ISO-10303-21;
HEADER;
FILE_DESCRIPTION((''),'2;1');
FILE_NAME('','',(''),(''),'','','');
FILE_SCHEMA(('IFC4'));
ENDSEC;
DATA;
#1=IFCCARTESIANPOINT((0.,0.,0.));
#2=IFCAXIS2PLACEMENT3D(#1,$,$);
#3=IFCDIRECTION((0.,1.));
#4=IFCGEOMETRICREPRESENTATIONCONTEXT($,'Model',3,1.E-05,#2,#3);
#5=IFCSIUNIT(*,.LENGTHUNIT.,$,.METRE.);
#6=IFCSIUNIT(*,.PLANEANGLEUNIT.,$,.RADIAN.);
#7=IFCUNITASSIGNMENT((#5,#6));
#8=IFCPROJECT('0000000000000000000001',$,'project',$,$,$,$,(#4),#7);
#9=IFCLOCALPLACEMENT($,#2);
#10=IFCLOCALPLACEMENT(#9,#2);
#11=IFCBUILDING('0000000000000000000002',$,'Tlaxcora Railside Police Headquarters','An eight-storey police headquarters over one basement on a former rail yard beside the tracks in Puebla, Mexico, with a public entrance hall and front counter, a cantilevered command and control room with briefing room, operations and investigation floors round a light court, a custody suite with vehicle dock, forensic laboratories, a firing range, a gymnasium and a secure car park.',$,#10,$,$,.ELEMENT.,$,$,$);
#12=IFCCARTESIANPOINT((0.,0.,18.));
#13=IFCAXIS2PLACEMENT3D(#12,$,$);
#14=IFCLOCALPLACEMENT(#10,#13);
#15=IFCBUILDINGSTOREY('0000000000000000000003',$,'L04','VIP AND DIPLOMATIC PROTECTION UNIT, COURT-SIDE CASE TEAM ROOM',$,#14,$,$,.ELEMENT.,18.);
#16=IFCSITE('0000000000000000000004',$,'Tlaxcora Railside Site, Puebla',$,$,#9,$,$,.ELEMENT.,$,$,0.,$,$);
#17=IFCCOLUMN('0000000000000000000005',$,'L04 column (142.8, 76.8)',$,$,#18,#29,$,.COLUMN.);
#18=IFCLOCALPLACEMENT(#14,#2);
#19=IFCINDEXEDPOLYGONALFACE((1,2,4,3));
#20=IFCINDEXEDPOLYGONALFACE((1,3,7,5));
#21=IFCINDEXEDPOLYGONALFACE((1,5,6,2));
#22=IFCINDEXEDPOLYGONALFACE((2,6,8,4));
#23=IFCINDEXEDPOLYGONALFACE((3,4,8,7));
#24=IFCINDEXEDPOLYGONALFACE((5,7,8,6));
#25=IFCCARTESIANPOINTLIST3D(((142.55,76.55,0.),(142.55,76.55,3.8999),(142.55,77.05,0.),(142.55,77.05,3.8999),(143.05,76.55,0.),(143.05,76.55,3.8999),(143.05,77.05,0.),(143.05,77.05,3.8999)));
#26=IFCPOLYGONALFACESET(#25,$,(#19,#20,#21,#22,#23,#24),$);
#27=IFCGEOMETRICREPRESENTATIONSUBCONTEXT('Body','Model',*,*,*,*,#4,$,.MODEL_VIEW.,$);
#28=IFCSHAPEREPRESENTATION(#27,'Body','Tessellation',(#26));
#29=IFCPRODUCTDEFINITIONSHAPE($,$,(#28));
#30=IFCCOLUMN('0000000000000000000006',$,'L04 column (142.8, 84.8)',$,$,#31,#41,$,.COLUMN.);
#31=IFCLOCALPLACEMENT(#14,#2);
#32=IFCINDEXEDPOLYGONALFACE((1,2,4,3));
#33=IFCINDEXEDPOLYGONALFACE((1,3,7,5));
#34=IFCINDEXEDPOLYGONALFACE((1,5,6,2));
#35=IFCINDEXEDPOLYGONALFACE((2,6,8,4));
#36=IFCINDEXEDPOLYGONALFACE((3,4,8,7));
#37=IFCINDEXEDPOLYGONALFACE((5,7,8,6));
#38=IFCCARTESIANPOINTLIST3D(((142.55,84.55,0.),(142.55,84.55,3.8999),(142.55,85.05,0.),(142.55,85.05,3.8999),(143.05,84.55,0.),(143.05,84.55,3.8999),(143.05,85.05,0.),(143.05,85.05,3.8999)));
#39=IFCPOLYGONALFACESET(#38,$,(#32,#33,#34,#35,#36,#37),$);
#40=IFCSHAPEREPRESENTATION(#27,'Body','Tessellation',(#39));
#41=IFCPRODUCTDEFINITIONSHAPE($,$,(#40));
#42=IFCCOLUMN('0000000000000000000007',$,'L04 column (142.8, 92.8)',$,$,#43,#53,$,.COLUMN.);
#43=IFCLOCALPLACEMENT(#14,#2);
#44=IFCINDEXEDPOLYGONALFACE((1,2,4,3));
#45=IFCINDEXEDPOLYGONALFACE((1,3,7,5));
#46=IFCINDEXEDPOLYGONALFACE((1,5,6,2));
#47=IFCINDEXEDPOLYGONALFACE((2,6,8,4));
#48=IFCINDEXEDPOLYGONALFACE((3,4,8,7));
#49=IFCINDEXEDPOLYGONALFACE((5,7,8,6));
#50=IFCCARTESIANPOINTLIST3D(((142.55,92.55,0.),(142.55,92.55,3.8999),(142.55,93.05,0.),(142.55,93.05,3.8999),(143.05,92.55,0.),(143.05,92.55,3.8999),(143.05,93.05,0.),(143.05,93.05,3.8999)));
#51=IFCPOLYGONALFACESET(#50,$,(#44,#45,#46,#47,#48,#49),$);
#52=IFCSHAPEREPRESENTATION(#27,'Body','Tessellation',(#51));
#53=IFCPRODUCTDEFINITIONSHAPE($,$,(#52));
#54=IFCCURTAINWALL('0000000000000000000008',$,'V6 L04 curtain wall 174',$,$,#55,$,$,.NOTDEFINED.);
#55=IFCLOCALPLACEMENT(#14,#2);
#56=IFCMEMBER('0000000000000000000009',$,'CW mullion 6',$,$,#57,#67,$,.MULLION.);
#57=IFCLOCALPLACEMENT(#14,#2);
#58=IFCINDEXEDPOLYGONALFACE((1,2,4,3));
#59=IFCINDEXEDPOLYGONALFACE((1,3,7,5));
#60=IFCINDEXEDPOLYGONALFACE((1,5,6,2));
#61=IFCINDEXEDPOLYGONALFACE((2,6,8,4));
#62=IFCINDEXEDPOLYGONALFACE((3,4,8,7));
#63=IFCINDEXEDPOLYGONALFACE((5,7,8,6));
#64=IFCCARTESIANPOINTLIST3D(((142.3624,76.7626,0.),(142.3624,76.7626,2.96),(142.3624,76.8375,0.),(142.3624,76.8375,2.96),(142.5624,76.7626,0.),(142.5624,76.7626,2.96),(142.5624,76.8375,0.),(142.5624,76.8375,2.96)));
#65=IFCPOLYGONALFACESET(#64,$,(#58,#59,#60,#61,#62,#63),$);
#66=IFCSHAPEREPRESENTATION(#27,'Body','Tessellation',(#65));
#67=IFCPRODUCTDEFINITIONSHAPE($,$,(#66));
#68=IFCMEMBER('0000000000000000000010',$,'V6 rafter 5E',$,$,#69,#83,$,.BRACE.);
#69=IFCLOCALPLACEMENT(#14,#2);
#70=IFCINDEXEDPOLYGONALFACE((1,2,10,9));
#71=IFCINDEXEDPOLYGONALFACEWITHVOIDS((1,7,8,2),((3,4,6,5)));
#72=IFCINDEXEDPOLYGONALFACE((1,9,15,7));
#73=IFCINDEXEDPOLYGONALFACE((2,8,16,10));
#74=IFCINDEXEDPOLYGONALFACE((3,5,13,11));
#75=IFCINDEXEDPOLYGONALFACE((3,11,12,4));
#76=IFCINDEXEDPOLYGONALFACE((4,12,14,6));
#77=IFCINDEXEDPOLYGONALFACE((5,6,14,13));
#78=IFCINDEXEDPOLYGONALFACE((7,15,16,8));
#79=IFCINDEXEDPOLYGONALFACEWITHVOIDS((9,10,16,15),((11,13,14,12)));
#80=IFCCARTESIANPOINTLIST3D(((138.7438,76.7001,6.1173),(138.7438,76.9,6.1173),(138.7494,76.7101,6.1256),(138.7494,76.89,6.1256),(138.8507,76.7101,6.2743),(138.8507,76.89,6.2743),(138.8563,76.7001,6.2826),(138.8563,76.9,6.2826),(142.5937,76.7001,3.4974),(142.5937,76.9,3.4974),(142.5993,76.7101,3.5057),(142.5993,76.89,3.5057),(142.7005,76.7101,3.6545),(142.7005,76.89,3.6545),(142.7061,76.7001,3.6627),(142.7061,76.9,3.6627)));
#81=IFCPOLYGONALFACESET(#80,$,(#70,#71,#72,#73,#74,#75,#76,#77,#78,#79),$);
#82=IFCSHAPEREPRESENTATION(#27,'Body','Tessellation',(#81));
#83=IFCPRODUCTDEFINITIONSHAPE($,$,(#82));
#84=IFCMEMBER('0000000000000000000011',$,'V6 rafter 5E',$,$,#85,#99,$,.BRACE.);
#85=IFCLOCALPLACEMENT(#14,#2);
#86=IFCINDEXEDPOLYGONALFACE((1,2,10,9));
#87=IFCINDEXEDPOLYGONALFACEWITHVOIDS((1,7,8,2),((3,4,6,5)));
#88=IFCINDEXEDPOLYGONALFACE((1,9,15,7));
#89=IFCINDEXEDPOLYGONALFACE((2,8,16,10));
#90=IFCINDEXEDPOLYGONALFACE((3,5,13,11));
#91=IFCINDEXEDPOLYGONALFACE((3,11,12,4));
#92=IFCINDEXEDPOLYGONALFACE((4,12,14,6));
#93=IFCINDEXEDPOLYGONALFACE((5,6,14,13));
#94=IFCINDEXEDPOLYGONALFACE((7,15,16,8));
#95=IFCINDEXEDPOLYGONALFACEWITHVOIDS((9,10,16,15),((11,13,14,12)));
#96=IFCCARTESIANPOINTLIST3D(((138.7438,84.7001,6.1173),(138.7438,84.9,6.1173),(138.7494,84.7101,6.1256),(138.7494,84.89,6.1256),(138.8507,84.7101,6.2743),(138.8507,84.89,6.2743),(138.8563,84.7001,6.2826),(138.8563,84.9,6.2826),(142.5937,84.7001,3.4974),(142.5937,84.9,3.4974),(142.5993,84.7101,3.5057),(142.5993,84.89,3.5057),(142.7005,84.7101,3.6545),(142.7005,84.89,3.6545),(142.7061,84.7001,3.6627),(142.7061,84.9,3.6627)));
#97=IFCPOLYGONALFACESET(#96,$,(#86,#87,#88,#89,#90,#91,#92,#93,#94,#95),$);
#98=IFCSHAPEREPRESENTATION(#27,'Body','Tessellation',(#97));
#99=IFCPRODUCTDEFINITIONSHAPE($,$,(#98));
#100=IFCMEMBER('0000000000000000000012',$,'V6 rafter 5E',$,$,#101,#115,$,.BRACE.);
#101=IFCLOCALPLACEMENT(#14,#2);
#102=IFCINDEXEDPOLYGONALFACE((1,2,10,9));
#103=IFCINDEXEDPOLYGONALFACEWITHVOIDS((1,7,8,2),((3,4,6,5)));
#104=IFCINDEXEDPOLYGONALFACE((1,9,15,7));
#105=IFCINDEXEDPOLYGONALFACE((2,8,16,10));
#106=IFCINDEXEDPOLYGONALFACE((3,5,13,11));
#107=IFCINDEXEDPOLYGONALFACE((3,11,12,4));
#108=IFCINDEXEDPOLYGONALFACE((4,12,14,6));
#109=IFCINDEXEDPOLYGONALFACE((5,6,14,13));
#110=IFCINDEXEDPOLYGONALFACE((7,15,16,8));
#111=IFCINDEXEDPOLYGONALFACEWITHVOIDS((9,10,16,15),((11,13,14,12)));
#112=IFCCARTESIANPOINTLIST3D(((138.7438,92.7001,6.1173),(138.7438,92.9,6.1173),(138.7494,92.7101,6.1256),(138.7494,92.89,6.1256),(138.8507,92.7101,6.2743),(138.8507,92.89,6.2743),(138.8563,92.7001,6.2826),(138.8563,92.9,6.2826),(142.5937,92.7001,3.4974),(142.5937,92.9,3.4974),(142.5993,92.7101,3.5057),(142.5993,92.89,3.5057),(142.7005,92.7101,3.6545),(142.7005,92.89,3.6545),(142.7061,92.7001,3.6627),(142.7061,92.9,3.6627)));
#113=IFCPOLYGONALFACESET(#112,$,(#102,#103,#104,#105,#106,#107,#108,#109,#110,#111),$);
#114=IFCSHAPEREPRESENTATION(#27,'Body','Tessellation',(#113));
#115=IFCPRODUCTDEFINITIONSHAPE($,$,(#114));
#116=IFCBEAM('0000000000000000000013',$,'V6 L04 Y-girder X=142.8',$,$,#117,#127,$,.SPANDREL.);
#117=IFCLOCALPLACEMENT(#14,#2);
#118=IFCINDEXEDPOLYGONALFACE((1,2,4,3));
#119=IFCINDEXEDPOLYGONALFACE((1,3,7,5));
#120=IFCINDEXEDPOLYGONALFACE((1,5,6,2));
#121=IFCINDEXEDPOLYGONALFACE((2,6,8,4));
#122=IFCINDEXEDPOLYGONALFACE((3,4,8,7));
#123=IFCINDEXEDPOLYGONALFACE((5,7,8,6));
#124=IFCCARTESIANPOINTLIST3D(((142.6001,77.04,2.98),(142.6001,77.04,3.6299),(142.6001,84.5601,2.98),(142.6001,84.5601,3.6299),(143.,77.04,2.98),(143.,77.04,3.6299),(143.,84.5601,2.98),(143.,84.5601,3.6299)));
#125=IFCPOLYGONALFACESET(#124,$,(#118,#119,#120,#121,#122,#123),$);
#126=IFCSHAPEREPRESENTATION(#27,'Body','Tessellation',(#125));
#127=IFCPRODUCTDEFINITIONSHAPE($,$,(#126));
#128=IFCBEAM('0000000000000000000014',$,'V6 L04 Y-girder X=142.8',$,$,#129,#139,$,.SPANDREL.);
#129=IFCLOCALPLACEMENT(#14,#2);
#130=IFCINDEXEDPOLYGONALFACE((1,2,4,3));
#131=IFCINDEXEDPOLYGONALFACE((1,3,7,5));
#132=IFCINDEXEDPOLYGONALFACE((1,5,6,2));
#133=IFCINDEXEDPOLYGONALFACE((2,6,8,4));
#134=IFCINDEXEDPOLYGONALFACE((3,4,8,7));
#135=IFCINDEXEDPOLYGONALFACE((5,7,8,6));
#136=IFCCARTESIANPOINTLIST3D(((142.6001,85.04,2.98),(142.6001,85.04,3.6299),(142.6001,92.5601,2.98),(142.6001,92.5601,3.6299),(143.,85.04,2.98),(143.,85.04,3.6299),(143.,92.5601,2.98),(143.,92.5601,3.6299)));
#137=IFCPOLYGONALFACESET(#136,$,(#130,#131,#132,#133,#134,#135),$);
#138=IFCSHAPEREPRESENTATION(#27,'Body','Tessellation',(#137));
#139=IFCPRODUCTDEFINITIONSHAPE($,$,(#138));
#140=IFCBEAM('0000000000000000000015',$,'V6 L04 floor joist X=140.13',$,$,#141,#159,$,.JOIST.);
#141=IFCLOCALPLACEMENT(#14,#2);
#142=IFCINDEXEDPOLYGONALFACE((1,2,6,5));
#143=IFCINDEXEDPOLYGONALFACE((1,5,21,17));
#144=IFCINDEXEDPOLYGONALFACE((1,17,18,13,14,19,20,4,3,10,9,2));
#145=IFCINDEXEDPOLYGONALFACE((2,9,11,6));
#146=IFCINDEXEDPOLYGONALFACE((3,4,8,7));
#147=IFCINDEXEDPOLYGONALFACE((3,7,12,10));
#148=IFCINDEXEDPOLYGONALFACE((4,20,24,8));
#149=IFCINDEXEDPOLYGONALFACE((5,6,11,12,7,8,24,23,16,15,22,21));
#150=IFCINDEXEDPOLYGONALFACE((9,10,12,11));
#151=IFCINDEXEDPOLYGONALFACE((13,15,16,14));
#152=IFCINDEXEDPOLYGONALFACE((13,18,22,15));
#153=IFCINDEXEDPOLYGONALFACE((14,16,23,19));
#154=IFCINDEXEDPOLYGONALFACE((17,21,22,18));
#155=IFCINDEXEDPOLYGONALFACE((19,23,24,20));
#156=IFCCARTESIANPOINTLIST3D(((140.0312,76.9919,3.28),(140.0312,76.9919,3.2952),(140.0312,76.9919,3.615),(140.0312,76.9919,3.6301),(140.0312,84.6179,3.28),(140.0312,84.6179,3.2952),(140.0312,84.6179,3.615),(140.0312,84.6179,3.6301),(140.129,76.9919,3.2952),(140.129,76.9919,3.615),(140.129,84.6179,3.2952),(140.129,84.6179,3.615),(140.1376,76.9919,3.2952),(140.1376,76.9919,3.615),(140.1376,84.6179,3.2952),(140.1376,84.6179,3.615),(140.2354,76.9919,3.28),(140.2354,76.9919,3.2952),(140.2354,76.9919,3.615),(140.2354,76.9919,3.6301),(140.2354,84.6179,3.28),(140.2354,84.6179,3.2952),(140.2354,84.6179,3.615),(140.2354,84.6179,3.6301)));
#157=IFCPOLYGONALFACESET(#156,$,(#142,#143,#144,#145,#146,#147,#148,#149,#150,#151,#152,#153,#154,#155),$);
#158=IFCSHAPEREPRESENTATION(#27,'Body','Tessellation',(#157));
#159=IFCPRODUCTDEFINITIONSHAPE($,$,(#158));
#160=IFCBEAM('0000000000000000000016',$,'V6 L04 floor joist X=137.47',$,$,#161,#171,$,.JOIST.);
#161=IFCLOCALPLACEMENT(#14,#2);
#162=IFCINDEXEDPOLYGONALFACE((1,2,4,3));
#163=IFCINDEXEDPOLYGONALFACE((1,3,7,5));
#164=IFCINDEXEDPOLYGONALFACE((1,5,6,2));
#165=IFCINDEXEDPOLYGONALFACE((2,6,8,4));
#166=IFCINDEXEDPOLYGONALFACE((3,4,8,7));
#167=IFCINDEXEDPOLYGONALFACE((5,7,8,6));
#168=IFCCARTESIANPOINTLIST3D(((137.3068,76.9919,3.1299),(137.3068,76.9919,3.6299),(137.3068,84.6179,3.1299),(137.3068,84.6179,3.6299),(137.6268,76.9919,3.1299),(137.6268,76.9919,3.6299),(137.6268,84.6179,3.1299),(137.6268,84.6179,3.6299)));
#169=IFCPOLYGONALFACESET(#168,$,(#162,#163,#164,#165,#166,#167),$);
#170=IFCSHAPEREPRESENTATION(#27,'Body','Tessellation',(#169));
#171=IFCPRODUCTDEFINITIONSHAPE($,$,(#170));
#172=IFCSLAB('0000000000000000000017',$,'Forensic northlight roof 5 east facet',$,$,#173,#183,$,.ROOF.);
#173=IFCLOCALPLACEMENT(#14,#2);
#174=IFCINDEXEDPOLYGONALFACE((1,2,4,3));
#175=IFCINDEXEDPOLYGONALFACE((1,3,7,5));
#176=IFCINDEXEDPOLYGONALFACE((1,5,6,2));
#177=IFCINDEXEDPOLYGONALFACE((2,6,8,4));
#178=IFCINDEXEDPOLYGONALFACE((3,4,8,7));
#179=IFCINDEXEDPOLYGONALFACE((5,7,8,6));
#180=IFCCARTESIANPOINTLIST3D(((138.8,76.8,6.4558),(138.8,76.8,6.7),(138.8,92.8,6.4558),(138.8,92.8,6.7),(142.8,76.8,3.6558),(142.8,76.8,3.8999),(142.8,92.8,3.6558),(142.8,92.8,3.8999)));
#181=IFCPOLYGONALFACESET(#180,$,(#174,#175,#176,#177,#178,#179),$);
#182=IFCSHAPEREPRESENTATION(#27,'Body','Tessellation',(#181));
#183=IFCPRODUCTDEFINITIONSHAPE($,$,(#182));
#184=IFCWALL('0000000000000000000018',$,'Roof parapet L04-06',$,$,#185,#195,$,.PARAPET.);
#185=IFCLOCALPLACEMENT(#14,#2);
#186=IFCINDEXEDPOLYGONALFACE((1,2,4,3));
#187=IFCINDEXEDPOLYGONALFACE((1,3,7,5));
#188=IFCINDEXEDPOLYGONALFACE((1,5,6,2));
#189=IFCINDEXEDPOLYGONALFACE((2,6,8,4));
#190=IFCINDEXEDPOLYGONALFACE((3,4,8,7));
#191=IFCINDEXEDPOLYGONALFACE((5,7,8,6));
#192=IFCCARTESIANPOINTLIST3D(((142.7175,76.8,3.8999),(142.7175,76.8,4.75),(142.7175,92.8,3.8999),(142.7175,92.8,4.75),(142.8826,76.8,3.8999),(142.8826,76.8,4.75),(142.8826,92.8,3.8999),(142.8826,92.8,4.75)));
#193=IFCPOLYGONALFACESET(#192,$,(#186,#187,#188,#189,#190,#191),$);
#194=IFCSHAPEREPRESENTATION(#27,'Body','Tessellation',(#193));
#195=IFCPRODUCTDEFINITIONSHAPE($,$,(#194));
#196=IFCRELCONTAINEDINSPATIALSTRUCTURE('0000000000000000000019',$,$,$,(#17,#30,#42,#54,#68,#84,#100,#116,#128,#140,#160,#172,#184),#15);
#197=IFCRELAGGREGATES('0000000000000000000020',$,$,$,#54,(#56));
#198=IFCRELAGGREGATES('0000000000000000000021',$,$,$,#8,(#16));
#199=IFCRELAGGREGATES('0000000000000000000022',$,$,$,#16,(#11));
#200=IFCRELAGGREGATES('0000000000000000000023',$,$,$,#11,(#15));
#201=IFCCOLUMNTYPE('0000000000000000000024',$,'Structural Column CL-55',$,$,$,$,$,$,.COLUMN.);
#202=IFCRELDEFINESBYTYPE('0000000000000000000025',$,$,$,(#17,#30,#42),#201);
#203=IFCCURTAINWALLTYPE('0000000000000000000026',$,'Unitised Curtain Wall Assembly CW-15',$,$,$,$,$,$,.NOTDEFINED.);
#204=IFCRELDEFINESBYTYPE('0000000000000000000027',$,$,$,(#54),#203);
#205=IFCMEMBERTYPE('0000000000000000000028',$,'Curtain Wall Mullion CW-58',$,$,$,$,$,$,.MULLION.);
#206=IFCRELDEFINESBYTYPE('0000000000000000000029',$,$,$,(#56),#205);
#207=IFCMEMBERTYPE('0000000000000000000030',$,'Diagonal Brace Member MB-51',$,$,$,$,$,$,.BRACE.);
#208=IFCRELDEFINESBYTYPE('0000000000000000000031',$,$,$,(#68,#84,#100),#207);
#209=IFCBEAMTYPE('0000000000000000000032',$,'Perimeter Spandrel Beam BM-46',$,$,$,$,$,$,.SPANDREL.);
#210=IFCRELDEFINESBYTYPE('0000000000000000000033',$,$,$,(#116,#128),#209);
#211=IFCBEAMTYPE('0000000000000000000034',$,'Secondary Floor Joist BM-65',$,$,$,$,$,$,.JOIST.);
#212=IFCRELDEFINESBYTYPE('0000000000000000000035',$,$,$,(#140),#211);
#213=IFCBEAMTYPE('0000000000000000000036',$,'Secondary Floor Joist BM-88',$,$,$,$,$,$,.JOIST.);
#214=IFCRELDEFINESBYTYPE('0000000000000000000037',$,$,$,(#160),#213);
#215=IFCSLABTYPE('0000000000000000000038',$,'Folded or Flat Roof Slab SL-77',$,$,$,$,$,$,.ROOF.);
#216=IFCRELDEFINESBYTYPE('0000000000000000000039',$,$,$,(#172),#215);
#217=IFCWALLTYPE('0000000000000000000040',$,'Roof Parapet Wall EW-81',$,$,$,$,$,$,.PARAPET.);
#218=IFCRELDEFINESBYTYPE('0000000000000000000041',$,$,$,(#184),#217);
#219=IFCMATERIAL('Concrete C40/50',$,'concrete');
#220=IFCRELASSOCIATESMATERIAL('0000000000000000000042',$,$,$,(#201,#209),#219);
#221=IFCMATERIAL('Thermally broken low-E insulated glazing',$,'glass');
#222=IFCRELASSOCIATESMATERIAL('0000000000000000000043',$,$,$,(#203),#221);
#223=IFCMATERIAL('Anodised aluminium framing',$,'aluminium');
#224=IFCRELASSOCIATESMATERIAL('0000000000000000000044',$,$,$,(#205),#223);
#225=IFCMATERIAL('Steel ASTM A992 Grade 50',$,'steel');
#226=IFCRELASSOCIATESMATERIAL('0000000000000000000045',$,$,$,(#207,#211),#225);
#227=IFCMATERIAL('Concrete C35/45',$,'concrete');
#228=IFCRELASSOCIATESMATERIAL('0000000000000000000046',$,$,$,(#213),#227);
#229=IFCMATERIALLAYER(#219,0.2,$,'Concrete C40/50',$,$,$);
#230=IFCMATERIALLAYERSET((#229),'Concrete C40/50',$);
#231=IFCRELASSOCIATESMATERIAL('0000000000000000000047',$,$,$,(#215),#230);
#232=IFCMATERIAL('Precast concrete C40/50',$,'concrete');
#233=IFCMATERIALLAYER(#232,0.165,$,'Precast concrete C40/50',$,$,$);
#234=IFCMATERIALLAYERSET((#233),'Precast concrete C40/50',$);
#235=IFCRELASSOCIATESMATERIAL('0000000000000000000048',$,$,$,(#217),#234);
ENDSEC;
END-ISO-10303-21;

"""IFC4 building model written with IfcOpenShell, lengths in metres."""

from ifc_helpers import new_model, si_unit, direction, frame, frame_2d, origin, origin_2d, place, context, subcontext, project, spatial, polyline, rectangle, hollow_rectangle, i_section, outline, extrude, material, layer, layer_set, material_profile, profile_set, type_object, element, aggregate, save


model = new_model("IFC4")

# Units and contexts
model_context = context("Model", 3, precision=1e-05, world=origin(), true_north=direction((0.0, 1.0)))
body_context = subcontext(model_context, "Body", "Model", "MODEL_VIEW")
ifc_project = project(units=[si_unit("LENGTHUNIT", "METRE"), si_unit("PLANEANGLEUNIT", "RADIAN")], contexts=[model_context])

# Site, building, storey
site_placement = place(None, origin())
site = spatial("IfcSite", under=ifc_project, at=site_placement, Name="Tlaxcora Railside Site, Puebla", CompositionType="ELEMENT", RefElevation=0.0)
building_placement = place(site_placement, origin())
building = spatial("IfcBuilding", under=site, at=building_placement, Name="Tlaxcora Railside Police Headquarters", Description="An eight-storey police headquarters over one basement on a former rail yard beside the tracks in Puebla, Mexico, with a public entrance hall and front counter, a cantilevered command and control room with briefing room, operations and investigation floors round a light court, a custody suite with vehicle dock, forensic laboratories, a firing range, a gymnasium and a secure car park.", CompositionType="ELEMENT")
storey_placement = place(building_placement, frame((0.0, 0.0, 18.0)))
storey = spatial("IfcBuildingStorey", under=building, at=storey_placement, Name="L04", Description="VIP AND DIPLOMATIC PROTECTION UNIT, COURT-SIDE CASE TEAM ROOM", CompositionType="ELEMENT", Elevation=18.0)

# Columns
ifc_material_1 = material(Name="Concrete C40/50", Category="concrete")
ifc_material_profile_1 = material_profile(ifc_material_1, rectangle(XDim=0.5, YDim=0.5, at=origin_2d()), Name="RC500X500")
ifc_profile_set_1 = profile_set([ifc_material_profile_1], Name="Concrete C40/50")
column_type = type_object("IfcColumnType", Name="Structural Column CL-55", PredefinedType="COLUMN", material=ifc_profile_set_1)
for number, where, z_axis, x_axis, name in (
    (1, (142.8, 76.8, 0.0), (0.0, 0.0, 1.0), (1.0, 0.0, 0.0), "L04 column (142.8, 76.8)"),
    (2, (142.8, 84.8, 0.0), (0.0, 0.0, 1.0), (1.0, 0.0, 0.0), "L04 column (142.8, 84.8)"),
    (3, (142.8, 92.8, 0.0), (0.0, 0.0, 1.0), (1.0, 0.0, 0.0), "L04 column (142.8, 92.8)"),
):
    element("IfcColumn", number, at=place(storey_placement, frame(where, z_axis=z_axis, x_axis=x_axis)), inside=storey, type_object=column_type, Name=name, PredefinedType="COLUMN", context=body_context, shape_type="SweptSolid", body=[
        extrude(rectangle(XDim=0.5, YDim=0.5, at=origin_2d()), origin(), (0.0, 0.0, 1.0), 3.8999),
    ])

# Curtain wall, member
ifc_material_2 = material(Name="Thermally broken low-E insulated glazing", Category="glass")
curtain_wall_type = type_object("IfcCurtainWallType", Name="Unitised Curtain Wall Assembly CW-15", PredefinedType="NOTDEFINED", material=ifc_material_2)
curtain_wall_placement = place(storey_placement, origin())
curtain_wall = element("IfcCurtainWall", 4, at=curtain_wall_placement, inside=storey, type_object=curtain_wall_type, Name="V6 L04 curtain wall 174", PredefinedType="NOTDEFINED")
ifc_material_3 = material(Name="Anodised aluminium framing", Category="aluminium")
ifc_material_profile_2 = material_profile(ifc_material_3, rectangle(XDim=0.075, YDim=0.2, at=origin_2d()), Name="AL75X200")
ifc_profile_set_2 = profile_set([ifc_material_profile_2], Name="Anodised aluminium framing")
member_type_1 = type_object("IfcMemberType", Name="Curtain Wall Mullion CW-58", PredefinedType="MULLION", material=ifc_profile_set_2)
member_placement = place(storey_placement, frame((142.4624, 76.8, 0.0), z_axis=(0.0, 0.0, 1.0), x_axis=(0.0, 1.0, 0.0)))
member = element("IfcMember", 5, at=member_placement, type_object=member_type_1, Name="CW mullion 6", PredefinedType="MULLION", context=body_context, shape_type="SweptSolid", body=[
    extrude(rectangle(XDim=0.075, YDim=0.2, at=origin_2d()), origin(), (0.0, 0.0, 1.0), 2.96),
])
aggregate(curtain_wall, [member])

# Members
ifc_material_4 = material(Name="Steel ASTM A992 Grade 50", Category="steel")
ifc_material_profile_3 = material_profile(ifc_material_4, hollow_rectangle(XDim=0.2, YDim=0.2, WallThickness=0.01, at=origin_2d()), Name="HSS200X200X10")
ifc_profile_set_3 = profile_set([ifc_material_profile_3], Name="Steel ASTM A992 Grade 50")
member_type_2 = type_object("IfcMemberType", Name="Diagonal Brace Member MB-51", PredefinedType="BRACE", material=ifc_profile_set_3)
for number, where, z_axis, x_axis, name in (
    (6, (142.6499, 76.8, 3.5801), (-0.826729, 0.0, 0.5626), (0.0, -1.0, 0.0), "V6 rafter 5E"),
    (7, (142.6499, 84.8, 3.5801), (-0.826729, 0.0, 0.5626), (0.0, -1.0, 0.0), "V6 rafter 5E"),
    (8, (142.6499, 92.8, 3.5801), (-0.826729, 0.0, 0.5626), (0.0, -1.0, 0.0), "V6 rafter 5E"),
):
    element("IfcMember", number, at=place(storey_placement, frame(where, z_axis=z_axis, x_axis=x_axis)), inside=storey, type_object=member_type_2, Name=name, PredefinedType="BRACE", context=body_context, shape_type="SweptSolid", body=[
        extrude(hollow_rectangle(XDim=0.2, YDim=0.2, WallThickness=0.01, at=origin_2d()), origin(), (0.0, 0.0, 1.0), 4.6567),
    ])

# Beams
ifc_material_profile_4 = material_profile(ifc_material_1, rectangle(XDim=0.3999, YDim=0.6499, at=origin_2d()), Name="RC400X650")
ifc_profile_set_4 = profile_set([ifc_material_profile_4], Name="Concrete C40/50")
beam_type_1 = type_object("IfcBeamType", Name="Perimeter Spandrel Beam BM-46", PredefinedType="SPANDREL", material=ifc_profile_set_4)
for number, where, z_axis, x_axis, name in (
    (9, (142.8, 77.04, 3.3049), (0.0, 1.0, 0.0), (-1.0, 0.0, 0.0), "V6 L04 Y-girder X=142.8"),
    (10, (142.8, 85.04, 3.3049), (0.0, 1.0, 0.0), (-1.0, 0.0, 0.0), "V6 L04 Y-girder X=142.8"),
):
    element("IfcBeam", number, at=place(storey_placement, frame(where, z_axis=z_axis, x_axis=x_axis)), inside=storey, type_object=beam_type_1, Name=name, PredefinedType="SPANDREL", context=body_context, shape_type="SweptSolid", body=[
        extrude(rectangle(XDim=0.3999, YDim=0.6499, at=origin_2d()), origin(), (0.0, 0.0, 1.0), 7.52),
    ])
ifc_material_profile_5 = material_profile(ifc_material_4, i_section(OverallWidth=0.2041, OverallDepth=0.3501, WebThickness=0.0085, FlangeThickness=0.0151, at=origin_2d()), Name="W14X48")
ifc_profile_set_5 = profile_set([ifc_material_profile_5], Name="Steel ASTM A992 Grade 50")
beam_type_2 = type_object("IfcBeamType", Name="Secondary Floor Joist BM-65", PredefinedType="JOIST", material=ifc_profile_set_5)
beam_1_placement = place(storey_placement, frame((140.1333, 76.9919, 3.4551), z_axis=(0.0, 1.0, 0.0), x_axis=(-1.0, 0.0, 0.0)))
element("IfcBeam", 11, at=beam_1_placement, inside=storey, type_object=beam_type_2, Name="V6 L04 floor joist X=140.13", PredefinedType="JOIST", context=body_context, shape_type="SweptSolid", body=[
    extrude(i_section(OverallWidth=0.2041, OverallDepth=0.3501, WebThickness=0.0085, FlangeThickness=0.0151, at=origin_2d()), origin(), (0.0, 0.0, 1.0), 7.626),
])
ifc_material_5 = material(Name="Concrete C35/45", Category="concrete")
ifc_material_profile_6 = material_profile(ifc_material_5, rectangle(XDim=0.3201, YDim=0.5, at=origin_2d()), Name="RC320X500")
ifc_profile_set_6 = profile_set([ifc_material_profile_6], Name="Concrete C35/45")
beam_type_3 = type_object("IfcBeamType", Name="Secondary Floor Joist BM-88", PredefinedType="JOIST", material=ifc_profile_set_6)
beam_2_placement = place(storey_placement, frame((137.4668, 76.9919, 3.3799), z_axis=(0.0, 1.0, 0.0), x_axis=(-1.0, 0.0, 0.0)))
element("IfcBeam", 12, at=beam_2_placement, inside=storey, type_object=beam_type_3, Name="V6 L04 floor joist X=137.47", PredefinedType="JOIST", context=body_context, shape_type="SweptSolid", body=[
    extrude(rectangle(XDim=0.3201, YDim=0.5, at=origin_2d()), origin(), (0.0, 0.0, 1.0), 7.626),
])

# Slab
ifc_layer_1 = layer(ifc_material_1, 0.2, Name="Concrete C40/50")
ifc_layer_set_1 = layer_set([ifc_layer_1], Name="Concrete C40/50")
slab_type = type_object("IfcSlabType", Name="Folded or Flat Roof Slab SL-77", PredefinedType="ROOF", material=ifc_layer_set_1)
slab_placement = place(storey_placement, frame((138.8, 92.8, 0.0), z_axis=(0.0, -1.0, 0.0), x_axis=(1.0, 0.0, 0.0)))
element("IfcSlab", 13, at=slab_placement, inside=storey, type_object=slab_type, Name="Forensic northlight roof 5 east facet", PredefinedType="ROOF", context=body_context, shape_type="SweptSolid", body=[
    extrude(outline(polyline([(0.0, 6.4558), (4.0, 3.6558), (4.0, 3.8999), (0.0, 6.7), (0.0, 6.4558)])), origin(), (0.0, 0.0, 1.0), 16.0),
])

# Wall
ifc_material_6 = material(Name="Precast concrete C40/50", Category="concrete")
ifc_layer_2 = layer(ifc_material_6, 0.165, Name="Precast concrete C40/50")
ifc_layer_set_2 = layer_set([ifc_layer_2], Name="Precast concrete C40/50")
wall_type_1 = type_object("IfcWallType", Name="Roof Parapet Wall EW-81", PredefinedType="PARAPET", material=ifc_layer_set_2)
wall_1_placement = place(storey_placement, frame((142.8, 76.8, 3.8999), z_axis=(0.0, 0.0, 1.0), x_axis=(0.0, 1.0, 0.0)))
element("IfcWall", 14, at=wall_1_placement, inside=storey, type_object=wall_type_1, Name="Roof parapet L04-06", PredefinedType="PARAPET", context=body_context, shape_type="SweptSolid", body=[
    extrude(rectangle(XDim=16.0, YDim=0.165, at=frame_2d((8.0, 0.0))), origin(), (0.0, 0.0, 1.0), 0.8501),
])

save(model, "model.ifc")
